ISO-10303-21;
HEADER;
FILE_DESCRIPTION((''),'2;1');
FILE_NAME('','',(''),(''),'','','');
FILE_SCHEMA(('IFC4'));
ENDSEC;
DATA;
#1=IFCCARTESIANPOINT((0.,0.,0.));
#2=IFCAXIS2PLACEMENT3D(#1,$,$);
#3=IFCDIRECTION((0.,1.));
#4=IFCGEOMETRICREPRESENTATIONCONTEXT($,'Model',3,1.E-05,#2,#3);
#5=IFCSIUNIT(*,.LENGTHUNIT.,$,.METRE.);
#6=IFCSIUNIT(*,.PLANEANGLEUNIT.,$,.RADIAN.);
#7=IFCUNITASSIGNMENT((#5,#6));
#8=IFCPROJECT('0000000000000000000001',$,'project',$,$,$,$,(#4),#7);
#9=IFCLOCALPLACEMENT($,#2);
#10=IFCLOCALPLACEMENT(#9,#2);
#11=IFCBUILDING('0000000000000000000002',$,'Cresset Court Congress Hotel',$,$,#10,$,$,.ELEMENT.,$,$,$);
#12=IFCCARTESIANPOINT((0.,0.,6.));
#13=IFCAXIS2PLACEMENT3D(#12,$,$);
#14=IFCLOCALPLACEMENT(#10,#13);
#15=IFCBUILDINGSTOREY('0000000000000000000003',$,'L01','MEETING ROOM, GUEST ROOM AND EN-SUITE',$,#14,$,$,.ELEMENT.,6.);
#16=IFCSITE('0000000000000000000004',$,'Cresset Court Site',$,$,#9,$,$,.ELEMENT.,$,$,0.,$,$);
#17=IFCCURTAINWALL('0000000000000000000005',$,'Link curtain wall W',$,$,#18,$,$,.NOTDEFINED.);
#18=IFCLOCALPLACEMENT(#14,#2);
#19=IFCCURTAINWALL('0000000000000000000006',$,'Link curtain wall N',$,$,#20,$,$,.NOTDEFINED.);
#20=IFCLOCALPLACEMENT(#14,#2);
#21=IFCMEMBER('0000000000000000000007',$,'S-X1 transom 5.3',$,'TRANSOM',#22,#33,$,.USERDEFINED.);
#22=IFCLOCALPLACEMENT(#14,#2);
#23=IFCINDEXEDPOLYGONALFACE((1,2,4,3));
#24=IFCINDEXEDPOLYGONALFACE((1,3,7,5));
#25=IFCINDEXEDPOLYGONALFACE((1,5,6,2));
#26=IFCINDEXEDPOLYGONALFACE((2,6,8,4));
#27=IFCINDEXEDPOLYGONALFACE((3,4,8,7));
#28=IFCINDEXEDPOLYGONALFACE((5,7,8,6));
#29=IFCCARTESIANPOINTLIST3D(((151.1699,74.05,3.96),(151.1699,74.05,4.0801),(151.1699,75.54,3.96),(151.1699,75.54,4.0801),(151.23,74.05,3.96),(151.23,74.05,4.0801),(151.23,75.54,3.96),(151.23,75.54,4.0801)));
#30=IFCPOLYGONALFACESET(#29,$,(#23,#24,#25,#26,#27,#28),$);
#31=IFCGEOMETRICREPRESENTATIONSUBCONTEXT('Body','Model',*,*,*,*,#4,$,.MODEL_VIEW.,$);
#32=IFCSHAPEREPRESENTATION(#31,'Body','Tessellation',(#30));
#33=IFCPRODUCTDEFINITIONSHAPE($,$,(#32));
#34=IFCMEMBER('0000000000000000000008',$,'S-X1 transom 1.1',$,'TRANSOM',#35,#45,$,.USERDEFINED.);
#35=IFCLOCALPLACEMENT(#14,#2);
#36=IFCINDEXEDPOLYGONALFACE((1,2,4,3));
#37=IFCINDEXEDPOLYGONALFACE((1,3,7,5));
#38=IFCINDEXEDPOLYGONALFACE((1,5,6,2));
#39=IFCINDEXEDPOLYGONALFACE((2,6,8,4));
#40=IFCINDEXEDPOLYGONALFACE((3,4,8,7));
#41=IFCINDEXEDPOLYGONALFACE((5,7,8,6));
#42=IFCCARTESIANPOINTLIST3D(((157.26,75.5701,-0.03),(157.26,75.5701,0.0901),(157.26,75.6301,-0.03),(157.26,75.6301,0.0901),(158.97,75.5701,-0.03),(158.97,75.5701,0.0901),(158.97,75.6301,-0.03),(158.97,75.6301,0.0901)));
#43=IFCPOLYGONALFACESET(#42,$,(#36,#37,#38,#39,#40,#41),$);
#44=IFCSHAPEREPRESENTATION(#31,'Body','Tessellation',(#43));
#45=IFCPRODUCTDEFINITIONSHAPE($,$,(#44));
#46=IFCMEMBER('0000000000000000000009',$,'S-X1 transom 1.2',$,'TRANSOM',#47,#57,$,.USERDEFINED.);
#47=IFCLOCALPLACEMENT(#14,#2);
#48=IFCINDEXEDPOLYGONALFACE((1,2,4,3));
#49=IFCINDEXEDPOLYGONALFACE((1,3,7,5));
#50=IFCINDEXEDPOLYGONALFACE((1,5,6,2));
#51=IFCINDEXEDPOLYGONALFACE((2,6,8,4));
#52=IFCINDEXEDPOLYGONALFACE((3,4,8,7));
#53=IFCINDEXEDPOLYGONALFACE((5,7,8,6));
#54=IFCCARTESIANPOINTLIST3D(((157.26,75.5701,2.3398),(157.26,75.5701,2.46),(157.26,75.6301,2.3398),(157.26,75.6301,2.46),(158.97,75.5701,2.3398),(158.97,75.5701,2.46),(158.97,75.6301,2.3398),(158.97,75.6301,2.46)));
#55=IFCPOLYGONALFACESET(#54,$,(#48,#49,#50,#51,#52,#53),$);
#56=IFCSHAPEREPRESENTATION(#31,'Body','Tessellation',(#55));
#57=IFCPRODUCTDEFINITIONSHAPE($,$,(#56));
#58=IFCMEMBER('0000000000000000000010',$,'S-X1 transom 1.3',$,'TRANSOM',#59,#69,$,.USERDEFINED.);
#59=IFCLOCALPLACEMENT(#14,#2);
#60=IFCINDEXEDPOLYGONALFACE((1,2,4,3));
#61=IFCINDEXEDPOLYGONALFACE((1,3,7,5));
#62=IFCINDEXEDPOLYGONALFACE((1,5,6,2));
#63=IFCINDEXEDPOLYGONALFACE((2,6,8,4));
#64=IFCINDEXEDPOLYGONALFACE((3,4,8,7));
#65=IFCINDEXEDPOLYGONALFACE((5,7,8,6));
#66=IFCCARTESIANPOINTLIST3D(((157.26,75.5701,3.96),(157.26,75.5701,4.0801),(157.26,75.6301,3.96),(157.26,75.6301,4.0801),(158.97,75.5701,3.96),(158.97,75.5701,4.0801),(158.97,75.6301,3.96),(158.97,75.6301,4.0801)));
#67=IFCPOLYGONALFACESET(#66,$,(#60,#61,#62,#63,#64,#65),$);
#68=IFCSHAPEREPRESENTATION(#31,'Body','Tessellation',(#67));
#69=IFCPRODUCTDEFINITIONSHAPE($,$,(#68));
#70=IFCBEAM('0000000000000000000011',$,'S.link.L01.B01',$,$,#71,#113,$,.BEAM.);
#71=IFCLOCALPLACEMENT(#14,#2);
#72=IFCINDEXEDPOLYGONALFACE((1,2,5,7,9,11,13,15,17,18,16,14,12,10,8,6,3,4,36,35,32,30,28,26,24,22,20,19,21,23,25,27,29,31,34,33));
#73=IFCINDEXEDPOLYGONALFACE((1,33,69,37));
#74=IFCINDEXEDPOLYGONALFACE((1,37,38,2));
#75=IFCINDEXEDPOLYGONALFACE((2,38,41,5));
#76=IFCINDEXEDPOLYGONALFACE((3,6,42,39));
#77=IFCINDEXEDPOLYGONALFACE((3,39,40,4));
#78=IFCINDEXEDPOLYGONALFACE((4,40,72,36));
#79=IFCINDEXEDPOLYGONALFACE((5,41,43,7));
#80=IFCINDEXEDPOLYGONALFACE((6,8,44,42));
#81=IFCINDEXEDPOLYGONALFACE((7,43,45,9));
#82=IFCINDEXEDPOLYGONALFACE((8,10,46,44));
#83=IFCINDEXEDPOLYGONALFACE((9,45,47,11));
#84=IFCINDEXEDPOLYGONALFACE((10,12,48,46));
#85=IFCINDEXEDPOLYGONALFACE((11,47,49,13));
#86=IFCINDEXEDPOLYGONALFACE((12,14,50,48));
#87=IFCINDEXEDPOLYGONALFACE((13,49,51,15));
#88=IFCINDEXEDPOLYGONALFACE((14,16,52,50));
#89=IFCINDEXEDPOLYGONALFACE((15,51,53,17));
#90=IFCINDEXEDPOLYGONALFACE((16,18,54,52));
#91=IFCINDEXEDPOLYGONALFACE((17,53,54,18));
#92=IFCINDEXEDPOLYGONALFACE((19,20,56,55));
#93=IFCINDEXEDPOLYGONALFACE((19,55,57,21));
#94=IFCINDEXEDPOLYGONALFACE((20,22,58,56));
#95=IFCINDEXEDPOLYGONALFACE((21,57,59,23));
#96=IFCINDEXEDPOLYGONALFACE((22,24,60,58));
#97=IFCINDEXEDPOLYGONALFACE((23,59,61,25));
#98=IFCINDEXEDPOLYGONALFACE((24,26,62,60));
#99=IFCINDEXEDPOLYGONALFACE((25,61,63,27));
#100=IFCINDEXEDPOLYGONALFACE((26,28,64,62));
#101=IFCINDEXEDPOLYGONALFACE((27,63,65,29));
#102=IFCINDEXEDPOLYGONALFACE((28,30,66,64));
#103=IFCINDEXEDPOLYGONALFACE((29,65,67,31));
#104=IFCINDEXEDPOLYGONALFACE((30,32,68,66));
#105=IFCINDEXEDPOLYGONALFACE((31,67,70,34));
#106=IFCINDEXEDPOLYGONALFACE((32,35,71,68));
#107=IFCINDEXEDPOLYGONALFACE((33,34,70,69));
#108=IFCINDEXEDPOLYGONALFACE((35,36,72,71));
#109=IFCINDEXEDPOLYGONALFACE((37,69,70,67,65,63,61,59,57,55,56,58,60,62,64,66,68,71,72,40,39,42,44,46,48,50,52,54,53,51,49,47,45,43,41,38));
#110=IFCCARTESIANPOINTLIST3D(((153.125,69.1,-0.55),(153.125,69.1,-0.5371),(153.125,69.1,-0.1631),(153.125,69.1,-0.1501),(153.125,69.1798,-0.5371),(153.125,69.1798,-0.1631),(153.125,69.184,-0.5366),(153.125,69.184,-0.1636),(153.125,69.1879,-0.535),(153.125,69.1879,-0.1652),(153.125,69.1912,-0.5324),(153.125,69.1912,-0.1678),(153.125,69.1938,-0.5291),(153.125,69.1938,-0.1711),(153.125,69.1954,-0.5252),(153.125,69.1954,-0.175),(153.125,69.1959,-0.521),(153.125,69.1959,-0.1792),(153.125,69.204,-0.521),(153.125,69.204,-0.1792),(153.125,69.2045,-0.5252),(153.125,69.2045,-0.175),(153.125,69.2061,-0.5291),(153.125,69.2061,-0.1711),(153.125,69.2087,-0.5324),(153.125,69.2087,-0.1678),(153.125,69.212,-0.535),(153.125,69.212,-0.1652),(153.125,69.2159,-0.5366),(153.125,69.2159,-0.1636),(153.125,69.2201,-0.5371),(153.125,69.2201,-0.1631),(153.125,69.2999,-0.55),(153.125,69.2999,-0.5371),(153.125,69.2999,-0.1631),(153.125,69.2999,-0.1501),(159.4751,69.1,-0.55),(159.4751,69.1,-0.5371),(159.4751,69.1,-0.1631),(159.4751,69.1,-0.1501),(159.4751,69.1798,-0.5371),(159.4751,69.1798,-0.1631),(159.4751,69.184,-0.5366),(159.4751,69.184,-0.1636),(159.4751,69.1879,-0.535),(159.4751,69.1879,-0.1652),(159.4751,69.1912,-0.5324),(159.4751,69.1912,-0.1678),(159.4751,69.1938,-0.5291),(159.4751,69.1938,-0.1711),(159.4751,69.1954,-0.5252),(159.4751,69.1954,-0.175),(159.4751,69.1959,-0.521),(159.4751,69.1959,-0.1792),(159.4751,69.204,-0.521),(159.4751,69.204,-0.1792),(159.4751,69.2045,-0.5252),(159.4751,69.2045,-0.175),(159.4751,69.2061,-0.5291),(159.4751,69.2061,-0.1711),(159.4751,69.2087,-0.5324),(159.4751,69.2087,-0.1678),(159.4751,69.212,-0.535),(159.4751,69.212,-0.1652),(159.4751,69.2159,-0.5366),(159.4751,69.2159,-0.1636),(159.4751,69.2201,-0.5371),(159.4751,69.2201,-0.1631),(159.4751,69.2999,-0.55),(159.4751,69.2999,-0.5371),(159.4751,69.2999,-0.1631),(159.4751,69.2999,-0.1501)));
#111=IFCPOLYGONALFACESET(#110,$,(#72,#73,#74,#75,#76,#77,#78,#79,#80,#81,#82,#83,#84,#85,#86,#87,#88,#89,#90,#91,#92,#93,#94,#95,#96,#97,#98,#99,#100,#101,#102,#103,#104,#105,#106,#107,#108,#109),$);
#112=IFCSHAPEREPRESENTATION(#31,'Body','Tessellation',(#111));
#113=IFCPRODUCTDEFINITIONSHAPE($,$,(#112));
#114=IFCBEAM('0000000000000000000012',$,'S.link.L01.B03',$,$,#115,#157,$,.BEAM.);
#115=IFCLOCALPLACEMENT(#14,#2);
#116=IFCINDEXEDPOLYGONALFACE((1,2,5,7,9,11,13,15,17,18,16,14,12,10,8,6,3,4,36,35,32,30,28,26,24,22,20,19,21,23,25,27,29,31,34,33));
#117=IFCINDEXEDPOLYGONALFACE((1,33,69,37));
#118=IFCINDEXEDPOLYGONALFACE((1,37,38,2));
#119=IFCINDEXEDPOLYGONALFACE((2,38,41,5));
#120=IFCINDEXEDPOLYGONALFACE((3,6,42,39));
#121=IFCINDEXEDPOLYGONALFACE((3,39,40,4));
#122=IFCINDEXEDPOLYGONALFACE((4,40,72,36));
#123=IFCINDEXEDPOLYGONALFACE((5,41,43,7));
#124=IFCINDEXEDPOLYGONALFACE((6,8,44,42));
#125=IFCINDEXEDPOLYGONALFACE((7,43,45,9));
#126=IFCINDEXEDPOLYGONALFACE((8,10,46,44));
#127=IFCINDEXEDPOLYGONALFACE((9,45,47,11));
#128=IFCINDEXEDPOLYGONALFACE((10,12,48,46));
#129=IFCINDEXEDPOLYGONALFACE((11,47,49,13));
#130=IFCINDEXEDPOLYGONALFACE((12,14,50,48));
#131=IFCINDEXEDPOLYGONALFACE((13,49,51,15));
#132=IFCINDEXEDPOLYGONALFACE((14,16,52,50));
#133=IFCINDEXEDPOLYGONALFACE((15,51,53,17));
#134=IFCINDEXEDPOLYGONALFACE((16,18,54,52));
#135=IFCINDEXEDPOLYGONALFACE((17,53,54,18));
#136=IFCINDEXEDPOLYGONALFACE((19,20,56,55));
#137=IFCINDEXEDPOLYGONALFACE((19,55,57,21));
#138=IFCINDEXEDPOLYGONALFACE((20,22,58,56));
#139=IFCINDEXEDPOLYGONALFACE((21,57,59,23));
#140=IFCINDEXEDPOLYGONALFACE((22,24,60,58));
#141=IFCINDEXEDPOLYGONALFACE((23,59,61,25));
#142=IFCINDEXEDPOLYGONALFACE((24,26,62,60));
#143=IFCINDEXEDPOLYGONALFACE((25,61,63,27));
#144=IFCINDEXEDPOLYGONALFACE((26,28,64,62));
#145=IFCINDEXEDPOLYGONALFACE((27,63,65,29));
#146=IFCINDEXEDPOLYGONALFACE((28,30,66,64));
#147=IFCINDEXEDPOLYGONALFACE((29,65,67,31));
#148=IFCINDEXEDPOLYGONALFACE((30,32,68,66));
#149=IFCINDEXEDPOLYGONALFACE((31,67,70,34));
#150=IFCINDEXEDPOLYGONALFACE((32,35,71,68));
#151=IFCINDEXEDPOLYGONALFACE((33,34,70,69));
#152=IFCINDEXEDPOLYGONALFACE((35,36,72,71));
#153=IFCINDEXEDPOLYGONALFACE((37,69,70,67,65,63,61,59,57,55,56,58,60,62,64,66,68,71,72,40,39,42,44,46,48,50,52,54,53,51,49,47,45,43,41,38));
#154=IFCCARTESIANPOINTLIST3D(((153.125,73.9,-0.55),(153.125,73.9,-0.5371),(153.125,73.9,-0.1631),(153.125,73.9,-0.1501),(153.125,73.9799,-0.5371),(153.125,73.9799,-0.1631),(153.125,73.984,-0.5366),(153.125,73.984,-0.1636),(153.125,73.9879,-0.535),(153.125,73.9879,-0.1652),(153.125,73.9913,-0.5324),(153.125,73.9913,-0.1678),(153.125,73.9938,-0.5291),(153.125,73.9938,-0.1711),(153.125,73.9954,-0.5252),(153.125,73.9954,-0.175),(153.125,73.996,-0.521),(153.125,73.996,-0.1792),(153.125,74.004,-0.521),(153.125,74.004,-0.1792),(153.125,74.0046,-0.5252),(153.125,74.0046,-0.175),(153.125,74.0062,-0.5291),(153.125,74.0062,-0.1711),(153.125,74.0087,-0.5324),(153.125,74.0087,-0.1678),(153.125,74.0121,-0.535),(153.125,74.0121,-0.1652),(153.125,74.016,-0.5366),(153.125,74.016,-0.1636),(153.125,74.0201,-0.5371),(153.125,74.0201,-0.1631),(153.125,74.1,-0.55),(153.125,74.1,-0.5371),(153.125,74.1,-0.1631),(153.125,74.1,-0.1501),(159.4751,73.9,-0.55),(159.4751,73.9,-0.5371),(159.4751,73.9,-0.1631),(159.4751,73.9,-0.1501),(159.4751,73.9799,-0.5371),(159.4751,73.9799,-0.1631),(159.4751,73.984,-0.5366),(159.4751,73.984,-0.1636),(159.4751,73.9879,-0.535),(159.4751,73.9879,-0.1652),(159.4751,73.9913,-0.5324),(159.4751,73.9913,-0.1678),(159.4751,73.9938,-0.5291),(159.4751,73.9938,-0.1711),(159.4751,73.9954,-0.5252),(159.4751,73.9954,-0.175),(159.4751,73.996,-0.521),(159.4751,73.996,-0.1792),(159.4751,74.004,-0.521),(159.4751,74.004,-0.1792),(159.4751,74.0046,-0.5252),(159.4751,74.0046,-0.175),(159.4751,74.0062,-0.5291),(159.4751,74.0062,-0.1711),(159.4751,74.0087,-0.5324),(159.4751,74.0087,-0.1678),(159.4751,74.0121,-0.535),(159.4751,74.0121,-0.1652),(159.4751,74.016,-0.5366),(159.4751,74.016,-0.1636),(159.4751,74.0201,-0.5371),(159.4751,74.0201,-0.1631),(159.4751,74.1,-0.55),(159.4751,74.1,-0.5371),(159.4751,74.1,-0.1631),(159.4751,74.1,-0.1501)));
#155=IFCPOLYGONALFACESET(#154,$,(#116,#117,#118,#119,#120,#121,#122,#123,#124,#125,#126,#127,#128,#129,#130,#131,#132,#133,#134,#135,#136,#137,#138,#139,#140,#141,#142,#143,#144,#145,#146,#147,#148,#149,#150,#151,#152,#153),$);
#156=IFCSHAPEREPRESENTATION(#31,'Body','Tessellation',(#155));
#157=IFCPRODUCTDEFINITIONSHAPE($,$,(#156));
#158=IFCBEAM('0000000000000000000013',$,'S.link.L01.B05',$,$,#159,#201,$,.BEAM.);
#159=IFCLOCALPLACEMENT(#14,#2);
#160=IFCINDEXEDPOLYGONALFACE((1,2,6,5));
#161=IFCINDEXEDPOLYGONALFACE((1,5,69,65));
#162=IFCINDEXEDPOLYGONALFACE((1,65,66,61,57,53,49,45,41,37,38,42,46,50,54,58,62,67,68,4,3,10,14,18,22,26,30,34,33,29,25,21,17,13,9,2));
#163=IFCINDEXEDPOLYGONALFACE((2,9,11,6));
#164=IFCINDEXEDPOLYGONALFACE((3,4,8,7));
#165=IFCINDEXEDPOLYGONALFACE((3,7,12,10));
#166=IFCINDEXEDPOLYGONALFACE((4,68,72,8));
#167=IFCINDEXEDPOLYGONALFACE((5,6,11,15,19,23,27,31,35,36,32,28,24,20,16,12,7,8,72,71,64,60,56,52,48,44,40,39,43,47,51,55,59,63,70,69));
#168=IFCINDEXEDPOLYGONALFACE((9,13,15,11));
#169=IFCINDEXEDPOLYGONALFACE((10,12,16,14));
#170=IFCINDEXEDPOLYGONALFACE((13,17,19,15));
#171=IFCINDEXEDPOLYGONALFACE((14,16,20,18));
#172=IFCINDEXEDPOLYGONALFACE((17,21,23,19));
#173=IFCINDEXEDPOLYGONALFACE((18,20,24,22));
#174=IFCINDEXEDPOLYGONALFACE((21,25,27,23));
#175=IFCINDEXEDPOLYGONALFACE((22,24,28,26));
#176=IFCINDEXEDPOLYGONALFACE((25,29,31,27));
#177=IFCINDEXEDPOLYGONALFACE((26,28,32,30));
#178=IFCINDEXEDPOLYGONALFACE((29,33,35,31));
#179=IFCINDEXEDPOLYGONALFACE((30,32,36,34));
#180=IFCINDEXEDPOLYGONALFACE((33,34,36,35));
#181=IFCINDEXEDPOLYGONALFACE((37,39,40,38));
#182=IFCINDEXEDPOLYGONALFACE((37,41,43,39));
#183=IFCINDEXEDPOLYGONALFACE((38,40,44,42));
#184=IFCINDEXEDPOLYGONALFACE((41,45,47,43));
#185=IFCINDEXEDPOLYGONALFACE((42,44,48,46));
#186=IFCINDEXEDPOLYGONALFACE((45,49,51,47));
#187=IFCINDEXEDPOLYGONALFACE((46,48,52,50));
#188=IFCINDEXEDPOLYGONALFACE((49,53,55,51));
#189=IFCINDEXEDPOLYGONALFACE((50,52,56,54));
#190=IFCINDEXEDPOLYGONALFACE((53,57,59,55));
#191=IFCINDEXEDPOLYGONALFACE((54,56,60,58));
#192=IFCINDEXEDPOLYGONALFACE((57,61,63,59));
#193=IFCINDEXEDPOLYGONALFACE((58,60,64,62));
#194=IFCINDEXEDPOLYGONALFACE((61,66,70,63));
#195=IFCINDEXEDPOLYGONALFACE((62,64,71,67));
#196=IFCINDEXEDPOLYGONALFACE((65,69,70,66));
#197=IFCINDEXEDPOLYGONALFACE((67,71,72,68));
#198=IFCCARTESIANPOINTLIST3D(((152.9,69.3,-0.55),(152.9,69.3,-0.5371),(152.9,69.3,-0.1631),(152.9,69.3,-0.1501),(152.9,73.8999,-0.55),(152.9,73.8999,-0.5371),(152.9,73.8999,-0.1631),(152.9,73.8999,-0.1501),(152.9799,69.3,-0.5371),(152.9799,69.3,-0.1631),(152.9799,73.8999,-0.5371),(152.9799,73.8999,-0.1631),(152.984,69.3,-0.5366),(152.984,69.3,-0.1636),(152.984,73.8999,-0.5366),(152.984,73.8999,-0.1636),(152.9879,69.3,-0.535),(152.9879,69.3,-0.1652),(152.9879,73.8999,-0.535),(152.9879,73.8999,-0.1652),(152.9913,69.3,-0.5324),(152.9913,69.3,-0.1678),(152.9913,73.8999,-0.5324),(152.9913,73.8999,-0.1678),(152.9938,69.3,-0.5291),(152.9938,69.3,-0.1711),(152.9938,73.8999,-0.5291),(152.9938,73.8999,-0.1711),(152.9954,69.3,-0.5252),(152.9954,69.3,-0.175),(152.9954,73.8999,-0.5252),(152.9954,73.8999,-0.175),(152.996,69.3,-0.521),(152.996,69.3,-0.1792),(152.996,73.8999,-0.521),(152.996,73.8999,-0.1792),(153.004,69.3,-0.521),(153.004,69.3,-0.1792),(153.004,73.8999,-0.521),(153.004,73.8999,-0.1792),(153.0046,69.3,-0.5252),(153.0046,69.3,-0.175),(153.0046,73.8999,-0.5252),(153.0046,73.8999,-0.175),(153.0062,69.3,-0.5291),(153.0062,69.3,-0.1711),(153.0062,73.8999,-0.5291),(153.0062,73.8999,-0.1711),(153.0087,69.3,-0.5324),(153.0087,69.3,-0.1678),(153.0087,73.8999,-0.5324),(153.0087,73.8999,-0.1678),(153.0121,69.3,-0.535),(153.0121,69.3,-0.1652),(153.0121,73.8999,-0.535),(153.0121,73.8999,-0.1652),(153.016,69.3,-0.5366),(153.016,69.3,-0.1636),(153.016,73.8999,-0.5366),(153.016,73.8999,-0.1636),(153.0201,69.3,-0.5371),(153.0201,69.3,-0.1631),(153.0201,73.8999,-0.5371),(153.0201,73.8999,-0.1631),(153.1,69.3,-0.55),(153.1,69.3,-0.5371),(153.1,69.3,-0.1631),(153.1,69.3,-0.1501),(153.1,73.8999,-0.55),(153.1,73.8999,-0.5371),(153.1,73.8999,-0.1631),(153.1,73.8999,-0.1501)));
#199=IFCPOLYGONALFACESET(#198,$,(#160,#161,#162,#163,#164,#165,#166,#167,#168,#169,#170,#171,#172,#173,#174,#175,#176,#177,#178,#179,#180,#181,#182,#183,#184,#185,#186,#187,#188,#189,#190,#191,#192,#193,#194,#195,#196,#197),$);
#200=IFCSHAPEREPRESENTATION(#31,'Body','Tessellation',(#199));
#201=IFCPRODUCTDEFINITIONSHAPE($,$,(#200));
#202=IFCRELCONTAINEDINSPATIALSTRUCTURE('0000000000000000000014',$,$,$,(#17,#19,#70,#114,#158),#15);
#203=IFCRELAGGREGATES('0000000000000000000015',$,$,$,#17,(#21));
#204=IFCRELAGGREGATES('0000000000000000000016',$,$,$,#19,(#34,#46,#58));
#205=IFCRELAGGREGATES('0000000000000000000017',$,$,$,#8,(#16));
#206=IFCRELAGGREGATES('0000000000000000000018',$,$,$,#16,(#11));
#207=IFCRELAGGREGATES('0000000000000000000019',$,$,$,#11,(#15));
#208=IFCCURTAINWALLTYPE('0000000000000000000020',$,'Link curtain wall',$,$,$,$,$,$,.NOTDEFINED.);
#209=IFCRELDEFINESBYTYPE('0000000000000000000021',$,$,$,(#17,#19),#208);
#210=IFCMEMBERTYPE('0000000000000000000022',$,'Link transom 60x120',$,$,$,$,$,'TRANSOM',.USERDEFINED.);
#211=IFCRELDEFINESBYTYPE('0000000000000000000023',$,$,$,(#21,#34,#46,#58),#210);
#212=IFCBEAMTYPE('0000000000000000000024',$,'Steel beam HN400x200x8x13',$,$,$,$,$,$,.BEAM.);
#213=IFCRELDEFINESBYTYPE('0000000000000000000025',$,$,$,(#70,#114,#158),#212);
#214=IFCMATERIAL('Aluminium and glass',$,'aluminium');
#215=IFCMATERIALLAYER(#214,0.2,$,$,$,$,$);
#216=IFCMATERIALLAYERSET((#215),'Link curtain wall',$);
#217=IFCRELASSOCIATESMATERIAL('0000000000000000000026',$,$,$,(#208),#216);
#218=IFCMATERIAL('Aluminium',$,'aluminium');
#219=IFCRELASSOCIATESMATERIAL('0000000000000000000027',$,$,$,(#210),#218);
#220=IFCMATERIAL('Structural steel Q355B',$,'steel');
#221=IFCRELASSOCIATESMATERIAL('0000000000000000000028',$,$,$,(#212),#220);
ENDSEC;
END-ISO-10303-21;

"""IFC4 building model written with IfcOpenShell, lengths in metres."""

from ifc_helpers import new_model, si_unit, direction, frame, origin, origin_2d, place, context, subcontext, project, spatial, rectangle, i_section, extrude, material, layer, layer_set, material_profile, profile_set, type_object, element, aggregate, save


model = new_model("IFC4")

# Units and contexts
model_context = context("Model", 3, precision=1e-05, world=origin(), true_north=direction((0.0, 1.0)))
body_context = subcontext(model_context, "Body", "Model", "MODEL_VIEW")
ifc_project = project(units=[si_unit("LENGTHUNIT", "METRE"), si_unit("PLANEANGLEUNIT", "RADIAN")], contexts=[model_context])

# Site, building, storey
site_placement = place(None, origin())
site = spatial("IfcSite", under=ifc_project, at=site_placement, Name="Cresset Court Site", CompositionType="ELEMENT", RefElevation=0.0)
building_placement = place(site_placement, origin())
building = spatial("IfcBuilding", under=site, at=building_placement, Name="Cresset Court Congress Hotel", CompositionType="ELEMENT")
storey_placement = place(building_placement, frame((0.0, 0.0, 6.0)))
storey = spatial("IfcBuildingStorey", under=building, at=storey_placement, Name="L01", Description="MEETING ROOM, GUEST ROOM AND EN-SUITE", CompositionType="ELEMENT", Elevation=6.0)

# Curtain wall
ifc_material_1 = material(Name="Aluminium and glass", Category="aluminium")
ifc_layer_1 = layer(ifc_material_1, 0.2)
ifc_layer_set_1 = layer_set([ifc_layer_1], Name="Link curtain wall")
curtain_wall_type = type_object("IfcCurtainWallType", Name="Link curtain wall", PredefinedType="NOTDEFINED", material=ifc_layer_set_1)
curtain_wall_1_placement = place(storey_placement, origin())
curtain_wall_1 = element("IfcCurtainWall", 1, at=curtain_wall_1_placement, inside=storey, type_object=curtain_wall_type, Name="Link curtain wall W", PredefinedType="NOTDEFINED")

# Curtain wall
curtain_wall_2_placement = place(storey_placement, origin())
curtain_wall_2 = element("IfcCurtainWall", 2, at=curtain_wall_2_placement, inside=storey, type_object=curtain_wall_type, Name="Link curtain wall N", PredefinedType="NOTDEFINED")

# Members
ifc_material_2 = material(Name="Aluminium", Category="aluminium")
ifc_material_profile_1 = material_profile(ifc_material_2, rectangle(XDim=0.0601, YDim=0.1201, at=origin_2d()), Name="Transom 60x120")
ifc_profile_set_1 = profile_set([ifc_material_profile_1], Name="Aluminium")
member_type_1 = type_object("IfcMemberType", Name="Link transom 60x120", ElementType="TRANSOM", PredefinedType="USERDEFINED", material=ifc_profile_set_1)
member_1_placement = place(storey_placement, frame((151.2, 74.05, 4.02), z_axis=(0.0, 1.0, 0.0), x_axis=(-1.0, 0.0, 0.0)))
member_1 = element("IfcMember", 3, at=member_1_placement, type_object=member_type_1, Name="S-X1 transom 5.3", ObjectType="TRANSOM", PredefinedType="USERDEFINED", context=body_context, shape_type="SweptSolid", body=[
    extrude(rectangle(XDim=0.0601, YDim=0.1201, at=origin_2d()), origin(), (0.0, 0.0, 1.0), 1.49),
])
member_2_placement = place(storey_placement, frame((157.26, 75.6001, 0.03), z_axis=(1.0, 0.0, 0.0), x_axis=(0.0, 1.0, 0.0)))
member_2 = element("IfcMember", 4, at=member_2_placement, type_object=member_type_1, Name="S-X1 transom 1.1", ObjectType="TRANSOM", PredefinedType="USERDEFINED", context=body_context, shape_type="SweptSolid", body=[
    extrude(rectangle(XDim=0.0601, YDim=0.1201, at=origin_2d()), origin(), (0.0, 0.0, 1.0), 1.71),
])
member_3_placement = place(storey_placement, frame((157.26, 75.6001, 2.3999), z_axis=(1.0, 0.0, 0.0), x_axis=(0.0, 1.0, 0.0)))
member_3 = element("IfcMember", 5, at=member_3_placement, type_object=member_type_1, Name="S-X1 transom 1.2", ObjectType="TRANSOM", PredefinedType="USERDEFINED", context=body_context, shape_type="SweptSolid", body=[
    extrude(rectangle(XDim=0.0601, YDim=0.1201, at=origin_2d()), origin(), (0.0, 0.0, 1.0), 1.71),
])
member_4_placement = place(storey_placement, frame((157.26, 75.6001, 4.02), z_axis=(1.0, 0.0, 0.0), x_axis=(0.0, 1.0, 0.0)))
member_4 = element("IfcMember", 6, at=member_4_placement, type_object=member_type_1, Name="S-X1 transom 1.3", ObjectType="TRANSOM", PredefinedType="USERDEFINED", context=body_context, shape_type="SweptSolid", body=[
    extrude(rectangle(XDim=0.0601, YDim=0.1201, at=origin_2d()), origin(), (0.0, 0.0, 1.0), 1.71),
])

# Beams
ifc_material_3 = material(Name="Structural steel Q355B", Category="steel")
ifc_material_profile_2 = material_profile(ifc_material_3, i_section(OverallWidth=0.2, OverallDepth=0.3999, WebThickness=0.0081, FlangeThickness=0.0129, FilletRadius=0.0161, at=origin_2d()), Name="HN400x200x8x13")
ifc_profile_set_2 = profile_set([ifc_material_profile_2], Name="Structural steel Q355B")
beam_type = type_object("IfcBeamType", Name="Steel beam HN400x200x8x13", PredefinedType="BEAM", material=ifc_profile_set_2)
for number, where, z_axis, x_axis, name in (
    (7, (153.125, 69.2, -0.3501), (1.0, 0.0, 0.0), (0.0, 1.0, 0.0), "S.link.L01.B01"),
    (8, (153.125, 74.0, -0.3501), (1.0, 0.0, 0.0), (0.0, 1.0, 0.0), "S.link.L01.B03"),
):
    element("IfcBeam", number, at=place(storey_placement, frame(where, z_axis=z_axis, x_axis=x_axis)), inside=storey, type_object=beam_type, Name=name, PredefinedType="BEAM", context=body_context, shape_type="SweptSolid", body=[
        extrude(i_section(OverallWidth=0.2, OverallDepth=0.3999, WebThickness=0.0081, FlangeThickness=0.0129, FilletRadius=0.0161, at=origin_2d()), origin(), (0.0, 0.0, 1.0), 6.3501),
    ])
beam_placement = place(storey_placement, frame((153.0, 69.3, -0.3501), z_axis=(0.0, 1.0, 0.0), x_axis=(-1.0, 0.0, 0.0)))
element("IfcBeam", 9, at=beam_placement, inside=storey, type_object=beam_type, Name="S.link.L01.B05", PredefinedType="BEAM", context=body_context, shape_type="SweptSolid", body=[
    extrude(i_section(OverallWidth=0.2, OverallDepth=0.3999, WebThickness=0.0081, FlangeThickness=0.0129, FilletRadius=0.0161, at=origin_2d()), origin(), (0.0, 0.0, 1.0), 4.5999),
])

aggregate(curtain_wall_1, [member_1])
aggregate(curtain_wall_2, [member_2, member_3, member_4])

save(model, "model.ifc")
